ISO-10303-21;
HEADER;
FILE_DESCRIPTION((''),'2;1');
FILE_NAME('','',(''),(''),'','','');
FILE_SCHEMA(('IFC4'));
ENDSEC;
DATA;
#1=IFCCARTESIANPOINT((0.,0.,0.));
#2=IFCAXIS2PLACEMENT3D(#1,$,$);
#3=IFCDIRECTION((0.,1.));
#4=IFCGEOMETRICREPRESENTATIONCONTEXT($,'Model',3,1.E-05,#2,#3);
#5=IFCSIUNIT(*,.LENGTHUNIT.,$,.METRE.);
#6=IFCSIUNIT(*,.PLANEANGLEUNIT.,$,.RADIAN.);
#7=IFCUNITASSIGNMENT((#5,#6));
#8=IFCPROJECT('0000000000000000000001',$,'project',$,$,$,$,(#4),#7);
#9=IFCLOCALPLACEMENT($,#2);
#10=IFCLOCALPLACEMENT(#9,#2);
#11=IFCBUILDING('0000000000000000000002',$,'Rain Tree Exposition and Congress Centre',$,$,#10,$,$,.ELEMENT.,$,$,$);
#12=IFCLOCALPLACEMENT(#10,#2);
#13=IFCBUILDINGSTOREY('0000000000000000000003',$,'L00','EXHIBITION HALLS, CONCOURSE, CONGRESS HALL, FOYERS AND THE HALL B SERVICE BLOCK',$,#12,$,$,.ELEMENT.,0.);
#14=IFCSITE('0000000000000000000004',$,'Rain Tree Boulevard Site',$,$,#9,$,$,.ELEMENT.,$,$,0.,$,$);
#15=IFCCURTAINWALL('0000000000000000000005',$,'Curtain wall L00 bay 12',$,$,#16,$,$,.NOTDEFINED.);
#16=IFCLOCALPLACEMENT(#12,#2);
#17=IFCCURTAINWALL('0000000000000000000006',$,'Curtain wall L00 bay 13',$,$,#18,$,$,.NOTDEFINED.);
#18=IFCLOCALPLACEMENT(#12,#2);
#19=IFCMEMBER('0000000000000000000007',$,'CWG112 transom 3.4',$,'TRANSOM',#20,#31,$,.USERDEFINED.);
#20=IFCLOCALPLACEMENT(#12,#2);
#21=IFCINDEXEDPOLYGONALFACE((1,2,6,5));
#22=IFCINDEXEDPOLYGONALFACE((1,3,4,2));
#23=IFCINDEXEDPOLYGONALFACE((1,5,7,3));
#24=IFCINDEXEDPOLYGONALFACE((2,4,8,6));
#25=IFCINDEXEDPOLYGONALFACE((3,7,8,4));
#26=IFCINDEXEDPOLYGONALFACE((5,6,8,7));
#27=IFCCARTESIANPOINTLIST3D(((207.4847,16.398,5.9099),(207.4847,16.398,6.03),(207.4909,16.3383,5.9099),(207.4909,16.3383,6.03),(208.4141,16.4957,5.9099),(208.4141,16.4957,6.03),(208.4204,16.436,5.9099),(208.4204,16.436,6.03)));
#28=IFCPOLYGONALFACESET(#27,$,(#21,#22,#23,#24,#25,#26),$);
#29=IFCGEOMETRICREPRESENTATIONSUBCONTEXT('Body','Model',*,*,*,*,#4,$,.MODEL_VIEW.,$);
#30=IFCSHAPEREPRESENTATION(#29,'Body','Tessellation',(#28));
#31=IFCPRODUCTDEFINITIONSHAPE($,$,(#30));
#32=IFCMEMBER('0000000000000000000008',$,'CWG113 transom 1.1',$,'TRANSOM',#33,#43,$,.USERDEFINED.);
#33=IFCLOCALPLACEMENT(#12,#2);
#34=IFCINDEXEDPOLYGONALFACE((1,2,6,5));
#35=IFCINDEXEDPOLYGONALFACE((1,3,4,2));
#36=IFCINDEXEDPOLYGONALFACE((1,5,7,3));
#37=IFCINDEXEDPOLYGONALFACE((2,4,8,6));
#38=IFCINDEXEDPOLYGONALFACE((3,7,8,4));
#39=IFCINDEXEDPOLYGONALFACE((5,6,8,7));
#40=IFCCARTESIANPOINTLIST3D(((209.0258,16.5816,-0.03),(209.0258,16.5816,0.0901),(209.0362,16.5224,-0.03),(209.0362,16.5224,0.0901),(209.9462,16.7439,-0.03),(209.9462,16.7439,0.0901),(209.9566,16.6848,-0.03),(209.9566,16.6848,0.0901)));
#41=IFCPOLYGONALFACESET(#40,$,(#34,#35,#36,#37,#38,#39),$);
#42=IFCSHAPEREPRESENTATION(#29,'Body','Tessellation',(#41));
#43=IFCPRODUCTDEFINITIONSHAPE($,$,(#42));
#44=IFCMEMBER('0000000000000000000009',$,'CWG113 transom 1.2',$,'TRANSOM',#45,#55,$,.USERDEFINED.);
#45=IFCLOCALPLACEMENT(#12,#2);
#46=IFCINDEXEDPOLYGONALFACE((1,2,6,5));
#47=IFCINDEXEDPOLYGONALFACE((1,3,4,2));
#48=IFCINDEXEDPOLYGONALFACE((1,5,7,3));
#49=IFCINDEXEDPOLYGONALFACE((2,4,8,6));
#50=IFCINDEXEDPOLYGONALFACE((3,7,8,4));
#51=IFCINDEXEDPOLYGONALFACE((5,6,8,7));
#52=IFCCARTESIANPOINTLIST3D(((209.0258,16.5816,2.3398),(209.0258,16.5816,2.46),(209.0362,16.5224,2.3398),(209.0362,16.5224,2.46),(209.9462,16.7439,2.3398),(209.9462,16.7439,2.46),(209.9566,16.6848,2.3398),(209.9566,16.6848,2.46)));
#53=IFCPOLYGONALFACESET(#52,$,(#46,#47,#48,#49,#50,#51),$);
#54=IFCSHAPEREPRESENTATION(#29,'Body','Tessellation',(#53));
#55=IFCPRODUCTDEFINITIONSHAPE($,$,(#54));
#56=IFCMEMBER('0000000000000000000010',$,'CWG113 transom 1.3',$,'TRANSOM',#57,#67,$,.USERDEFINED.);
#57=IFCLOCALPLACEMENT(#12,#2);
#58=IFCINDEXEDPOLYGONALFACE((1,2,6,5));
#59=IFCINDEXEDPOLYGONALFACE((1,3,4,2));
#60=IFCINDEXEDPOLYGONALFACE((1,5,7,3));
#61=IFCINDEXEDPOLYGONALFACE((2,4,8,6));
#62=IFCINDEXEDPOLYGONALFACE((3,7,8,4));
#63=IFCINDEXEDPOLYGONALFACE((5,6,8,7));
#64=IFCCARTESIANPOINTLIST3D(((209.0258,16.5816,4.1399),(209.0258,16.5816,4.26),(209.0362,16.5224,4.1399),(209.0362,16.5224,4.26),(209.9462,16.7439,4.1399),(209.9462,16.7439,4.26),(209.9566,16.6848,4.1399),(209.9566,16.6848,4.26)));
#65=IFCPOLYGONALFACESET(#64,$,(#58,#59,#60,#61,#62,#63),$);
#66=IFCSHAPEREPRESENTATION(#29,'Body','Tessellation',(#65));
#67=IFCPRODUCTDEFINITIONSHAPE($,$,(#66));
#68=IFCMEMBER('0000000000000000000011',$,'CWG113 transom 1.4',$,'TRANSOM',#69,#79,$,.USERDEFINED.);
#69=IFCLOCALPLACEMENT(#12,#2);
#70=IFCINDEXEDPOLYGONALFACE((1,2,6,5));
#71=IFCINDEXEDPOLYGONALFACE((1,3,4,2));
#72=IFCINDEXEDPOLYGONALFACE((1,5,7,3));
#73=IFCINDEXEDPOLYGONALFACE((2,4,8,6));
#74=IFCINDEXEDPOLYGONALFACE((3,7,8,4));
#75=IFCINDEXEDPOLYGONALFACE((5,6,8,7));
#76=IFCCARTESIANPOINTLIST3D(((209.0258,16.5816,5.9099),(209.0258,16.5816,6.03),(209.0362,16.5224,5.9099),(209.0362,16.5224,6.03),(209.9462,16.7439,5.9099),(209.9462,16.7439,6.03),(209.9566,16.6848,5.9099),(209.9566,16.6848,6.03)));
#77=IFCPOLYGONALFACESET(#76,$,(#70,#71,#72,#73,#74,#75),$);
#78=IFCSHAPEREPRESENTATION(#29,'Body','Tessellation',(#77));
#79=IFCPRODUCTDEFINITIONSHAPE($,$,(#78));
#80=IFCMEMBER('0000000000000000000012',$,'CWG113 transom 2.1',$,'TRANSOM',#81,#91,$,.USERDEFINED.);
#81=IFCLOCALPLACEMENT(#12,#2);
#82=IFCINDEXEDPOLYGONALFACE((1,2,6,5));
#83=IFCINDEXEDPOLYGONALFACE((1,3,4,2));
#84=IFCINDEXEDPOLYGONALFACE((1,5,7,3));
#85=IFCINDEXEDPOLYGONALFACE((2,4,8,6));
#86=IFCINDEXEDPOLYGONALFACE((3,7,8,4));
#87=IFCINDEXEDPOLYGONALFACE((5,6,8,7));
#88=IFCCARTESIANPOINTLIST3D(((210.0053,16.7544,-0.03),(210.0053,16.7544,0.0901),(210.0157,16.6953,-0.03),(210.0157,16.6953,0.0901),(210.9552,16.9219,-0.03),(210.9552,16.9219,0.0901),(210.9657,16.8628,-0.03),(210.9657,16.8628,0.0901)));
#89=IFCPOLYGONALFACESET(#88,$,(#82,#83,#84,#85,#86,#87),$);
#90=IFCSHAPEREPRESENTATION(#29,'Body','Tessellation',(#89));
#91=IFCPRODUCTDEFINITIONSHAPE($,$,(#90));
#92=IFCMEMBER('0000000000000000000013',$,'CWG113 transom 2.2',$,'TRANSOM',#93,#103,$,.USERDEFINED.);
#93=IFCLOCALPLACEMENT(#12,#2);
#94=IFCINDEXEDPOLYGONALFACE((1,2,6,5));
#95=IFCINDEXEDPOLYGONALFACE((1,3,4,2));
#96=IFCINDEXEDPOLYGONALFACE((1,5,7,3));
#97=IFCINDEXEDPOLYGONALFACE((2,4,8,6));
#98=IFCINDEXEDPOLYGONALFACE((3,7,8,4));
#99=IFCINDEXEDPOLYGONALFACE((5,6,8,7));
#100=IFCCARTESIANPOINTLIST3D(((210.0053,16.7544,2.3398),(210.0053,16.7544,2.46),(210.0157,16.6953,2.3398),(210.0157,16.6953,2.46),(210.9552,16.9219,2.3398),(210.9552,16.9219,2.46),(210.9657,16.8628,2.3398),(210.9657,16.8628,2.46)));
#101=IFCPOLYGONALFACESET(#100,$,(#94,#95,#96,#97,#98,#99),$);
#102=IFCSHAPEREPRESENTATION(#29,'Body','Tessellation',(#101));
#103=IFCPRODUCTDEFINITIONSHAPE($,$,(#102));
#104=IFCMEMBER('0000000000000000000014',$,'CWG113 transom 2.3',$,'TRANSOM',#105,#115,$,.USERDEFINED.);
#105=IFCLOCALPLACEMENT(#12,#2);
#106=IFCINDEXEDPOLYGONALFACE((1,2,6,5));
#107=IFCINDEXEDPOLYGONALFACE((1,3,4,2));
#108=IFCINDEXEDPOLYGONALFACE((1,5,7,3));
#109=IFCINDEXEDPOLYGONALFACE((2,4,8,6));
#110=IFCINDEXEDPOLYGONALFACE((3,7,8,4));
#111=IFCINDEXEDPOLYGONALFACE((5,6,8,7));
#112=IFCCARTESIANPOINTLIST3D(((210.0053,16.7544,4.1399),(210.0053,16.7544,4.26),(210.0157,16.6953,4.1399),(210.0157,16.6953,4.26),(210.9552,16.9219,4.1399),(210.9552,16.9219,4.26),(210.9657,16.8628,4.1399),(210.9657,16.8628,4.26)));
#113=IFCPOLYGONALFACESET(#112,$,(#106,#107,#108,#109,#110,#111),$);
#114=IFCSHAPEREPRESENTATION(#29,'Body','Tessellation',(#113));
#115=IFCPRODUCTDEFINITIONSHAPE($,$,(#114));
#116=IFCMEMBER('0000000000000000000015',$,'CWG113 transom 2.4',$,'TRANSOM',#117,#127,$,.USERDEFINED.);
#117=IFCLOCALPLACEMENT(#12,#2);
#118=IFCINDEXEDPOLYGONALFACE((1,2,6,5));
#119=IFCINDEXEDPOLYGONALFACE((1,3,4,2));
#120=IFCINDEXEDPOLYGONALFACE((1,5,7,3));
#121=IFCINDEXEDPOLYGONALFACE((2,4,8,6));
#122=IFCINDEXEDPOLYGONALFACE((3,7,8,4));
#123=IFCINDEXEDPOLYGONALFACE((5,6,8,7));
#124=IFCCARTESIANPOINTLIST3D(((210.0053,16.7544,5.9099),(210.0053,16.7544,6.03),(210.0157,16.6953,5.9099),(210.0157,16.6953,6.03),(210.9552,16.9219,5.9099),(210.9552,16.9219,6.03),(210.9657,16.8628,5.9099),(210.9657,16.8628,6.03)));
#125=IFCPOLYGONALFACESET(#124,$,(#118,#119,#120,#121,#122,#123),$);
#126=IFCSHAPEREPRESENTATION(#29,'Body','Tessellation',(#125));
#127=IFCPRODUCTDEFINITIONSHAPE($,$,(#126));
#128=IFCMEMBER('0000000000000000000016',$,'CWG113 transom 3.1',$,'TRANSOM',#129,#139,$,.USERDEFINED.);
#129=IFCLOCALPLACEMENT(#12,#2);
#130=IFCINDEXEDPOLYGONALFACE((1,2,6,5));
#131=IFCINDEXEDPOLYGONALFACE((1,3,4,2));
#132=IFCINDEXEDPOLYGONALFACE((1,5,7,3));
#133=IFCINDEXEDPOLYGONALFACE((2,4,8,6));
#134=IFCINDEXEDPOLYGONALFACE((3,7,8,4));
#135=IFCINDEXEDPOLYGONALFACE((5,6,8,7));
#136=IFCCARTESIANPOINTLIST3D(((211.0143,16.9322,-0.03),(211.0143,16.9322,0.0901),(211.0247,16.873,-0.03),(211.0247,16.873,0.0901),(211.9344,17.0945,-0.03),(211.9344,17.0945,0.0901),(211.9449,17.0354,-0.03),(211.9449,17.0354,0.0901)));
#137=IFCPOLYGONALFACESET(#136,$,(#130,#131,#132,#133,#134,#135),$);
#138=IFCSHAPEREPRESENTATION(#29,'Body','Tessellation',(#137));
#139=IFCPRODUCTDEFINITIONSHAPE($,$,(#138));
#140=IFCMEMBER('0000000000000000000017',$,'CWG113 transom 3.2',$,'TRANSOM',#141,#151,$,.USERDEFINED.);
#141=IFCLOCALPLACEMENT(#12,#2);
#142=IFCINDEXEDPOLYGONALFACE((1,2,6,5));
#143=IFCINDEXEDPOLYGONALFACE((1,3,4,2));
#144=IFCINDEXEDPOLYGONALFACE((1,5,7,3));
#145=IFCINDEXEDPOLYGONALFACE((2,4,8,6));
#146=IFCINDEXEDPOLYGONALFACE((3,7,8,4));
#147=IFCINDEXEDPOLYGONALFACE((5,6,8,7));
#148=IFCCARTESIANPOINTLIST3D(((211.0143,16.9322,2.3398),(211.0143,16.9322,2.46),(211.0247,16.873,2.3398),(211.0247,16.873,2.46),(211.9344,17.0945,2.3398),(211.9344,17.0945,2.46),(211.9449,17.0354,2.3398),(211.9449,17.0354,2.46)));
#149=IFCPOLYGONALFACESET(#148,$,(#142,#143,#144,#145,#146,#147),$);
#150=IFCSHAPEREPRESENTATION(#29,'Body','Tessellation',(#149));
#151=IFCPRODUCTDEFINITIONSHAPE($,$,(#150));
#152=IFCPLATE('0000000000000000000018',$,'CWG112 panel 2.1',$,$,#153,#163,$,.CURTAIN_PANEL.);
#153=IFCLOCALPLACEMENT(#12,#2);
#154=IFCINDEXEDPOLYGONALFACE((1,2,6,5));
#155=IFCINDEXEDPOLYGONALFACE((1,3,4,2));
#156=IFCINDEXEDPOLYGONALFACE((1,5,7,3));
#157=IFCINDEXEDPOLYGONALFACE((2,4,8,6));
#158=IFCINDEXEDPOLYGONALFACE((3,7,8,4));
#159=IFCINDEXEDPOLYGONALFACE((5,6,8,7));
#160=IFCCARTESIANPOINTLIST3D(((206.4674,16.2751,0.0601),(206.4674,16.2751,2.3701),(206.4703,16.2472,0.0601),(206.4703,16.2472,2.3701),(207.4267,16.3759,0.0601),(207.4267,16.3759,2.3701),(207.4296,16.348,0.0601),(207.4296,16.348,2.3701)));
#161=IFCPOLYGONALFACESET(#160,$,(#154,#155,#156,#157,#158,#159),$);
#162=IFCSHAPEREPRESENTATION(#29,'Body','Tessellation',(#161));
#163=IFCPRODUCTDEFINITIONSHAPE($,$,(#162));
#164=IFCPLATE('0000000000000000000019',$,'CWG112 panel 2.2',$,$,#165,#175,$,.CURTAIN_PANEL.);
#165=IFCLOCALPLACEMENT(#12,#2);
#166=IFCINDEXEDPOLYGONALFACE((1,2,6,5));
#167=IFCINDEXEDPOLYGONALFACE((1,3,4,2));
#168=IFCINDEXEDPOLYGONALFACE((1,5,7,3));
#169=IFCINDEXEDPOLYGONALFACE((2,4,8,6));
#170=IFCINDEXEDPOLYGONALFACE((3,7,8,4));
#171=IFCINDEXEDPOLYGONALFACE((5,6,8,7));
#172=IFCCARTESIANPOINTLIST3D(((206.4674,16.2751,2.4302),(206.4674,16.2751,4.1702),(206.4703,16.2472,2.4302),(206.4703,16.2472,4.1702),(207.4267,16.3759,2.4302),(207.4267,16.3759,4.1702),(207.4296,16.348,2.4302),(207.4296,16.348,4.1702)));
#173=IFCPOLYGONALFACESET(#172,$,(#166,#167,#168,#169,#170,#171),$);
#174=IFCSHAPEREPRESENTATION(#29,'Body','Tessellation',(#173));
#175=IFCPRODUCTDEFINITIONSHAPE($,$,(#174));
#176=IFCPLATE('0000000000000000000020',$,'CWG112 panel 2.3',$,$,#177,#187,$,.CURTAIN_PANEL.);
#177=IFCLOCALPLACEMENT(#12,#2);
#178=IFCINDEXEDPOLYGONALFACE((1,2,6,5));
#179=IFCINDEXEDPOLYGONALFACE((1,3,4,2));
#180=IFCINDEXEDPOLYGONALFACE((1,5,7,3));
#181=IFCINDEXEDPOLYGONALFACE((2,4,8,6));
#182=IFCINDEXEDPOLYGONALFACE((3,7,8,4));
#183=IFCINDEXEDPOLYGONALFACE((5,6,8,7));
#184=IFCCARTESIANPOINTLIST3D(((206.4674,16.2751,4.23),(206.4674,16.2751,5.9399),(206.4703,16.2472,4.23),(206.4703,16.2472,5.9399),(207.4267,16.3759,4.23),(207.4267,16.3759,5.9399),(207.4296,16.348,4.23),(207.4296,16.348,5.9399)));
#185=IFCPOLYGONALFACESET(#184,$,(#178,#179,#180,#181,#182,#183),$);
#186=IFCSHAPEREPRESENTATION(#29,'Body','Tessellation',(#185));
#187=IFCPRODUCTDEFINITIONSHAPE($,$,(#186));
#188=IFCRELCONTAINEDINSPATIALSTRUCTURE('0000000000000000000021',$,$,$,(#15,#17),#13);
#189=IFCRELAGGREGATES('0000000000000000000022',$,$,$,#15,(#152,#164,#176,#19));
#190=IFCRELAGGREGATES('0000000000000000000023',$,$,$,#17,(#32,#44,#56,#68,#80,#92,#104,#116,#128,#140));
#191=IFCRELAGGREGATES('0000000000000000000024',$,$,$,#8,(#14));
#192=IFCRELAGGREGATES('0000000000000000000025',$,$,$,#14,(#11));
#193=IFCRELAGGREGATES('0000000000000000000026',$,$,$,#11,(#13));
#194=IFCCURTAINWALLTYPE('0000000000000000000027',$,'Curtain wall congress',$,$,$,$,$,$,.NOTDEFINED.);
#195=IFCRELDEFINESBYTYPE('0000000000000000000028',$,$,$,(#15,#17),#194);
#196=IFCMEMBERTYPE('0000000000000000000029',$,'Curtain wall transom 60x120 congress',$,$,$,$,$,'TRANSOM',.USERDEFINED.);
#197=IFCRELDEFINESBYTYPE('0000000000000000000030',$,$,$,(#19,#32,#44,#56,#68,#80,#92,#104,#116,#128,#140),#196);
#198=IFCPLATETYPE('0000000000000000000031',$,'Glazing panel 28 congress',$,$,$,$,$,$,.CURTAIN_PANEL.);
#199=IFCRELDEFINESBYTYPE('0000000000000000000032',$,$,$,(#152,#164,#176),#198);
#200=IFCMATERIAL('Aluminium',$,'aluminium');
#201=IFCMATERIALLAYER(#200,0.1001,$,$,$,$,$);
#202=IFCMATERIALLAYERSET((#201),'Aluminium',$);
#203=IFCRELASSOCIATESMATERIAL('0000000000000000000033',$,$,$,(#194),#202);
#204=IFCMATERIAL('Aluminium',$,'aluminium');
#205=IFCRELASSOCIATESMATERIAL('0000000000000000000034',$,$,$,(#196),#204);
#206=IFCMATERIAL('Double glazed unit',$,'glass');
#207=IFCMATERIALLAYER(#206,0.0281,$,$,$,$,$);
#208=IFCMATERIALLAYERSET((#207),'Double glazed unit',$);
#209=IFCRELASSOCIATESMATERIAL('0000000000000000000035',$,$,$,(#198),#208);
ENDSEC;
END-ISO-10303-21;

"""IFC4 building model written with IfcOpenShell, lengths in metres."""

from ifc_helpers import new_model, si_unit, direction, frame, origin, origin_2d, place, context, subcontext, project, spatial, rectangle, extrude, material, layer, layer_set, material_profile, profile_set, type_object, element, aggregate, save


model = new_model("IFC4")

# Units and contexts
model_context = context("Model", 3, precision=1e-05, world=origin(), true_north=direction((0.0, 1.0)))
body_context = subcontext(model_context, "Body", "Model", "MODEL_VIEW")
ifc_project = project(units=[si_unit("LENGTHUNIT", "METRE"), si_unit("PLANEANGLEUNIT", "RADIAN")], contexts=[model_context])

# Site, building, storey
site_placement = place(None, origin())
site = spatial("IfcSite", under=ifc_project, at=site_placement, Name="Rain Tree Boulevard Site", CompositionType="ELEMENT", RefElevation=0.0)
building_placement = place(site_placement, origin())
building = spatial("IfcBuilding", under=site, at=building_placement, Name="Rain Tree Exposition and Congress Centre", CompositionType="ELEMENT")
storey_placement = place(building_placement, origin())
storey = spatial("IfcBuildingStorey", under=building, at=storey_placement, Name="L00", Description="EXHIBITION HALLS, CONCOURSE, CONGRESS HALL, FOYERS AND THE HALL B SERVICE BLOCK", CompositionType="ELEMENT", Elevation=0.0)

# Curtain walls
ifc_material_1 = material(Name="Aluminium", Category="aluminium")
ifc_layer_1 = layer(ifc_material_1, 0.1001)
ifc_layer_set_1 = layer_set([ifc_layer_1], Name="Aluminium")
curtain_wall_type = type_object("IfcCurtainWallType", Name="Curtain wall congress", PredefinedType="NOTDEFINED", material=ifc_layer_set_1)
curtain_wall_1_placement = place(storey_placement, origin())
curtain_wall_1 = element("IfcCurtainWall", 1, at=curtain_wall_1_placement, inside=storey, type_object=curtain_wall_type, Name="Curtain wall L00 bay 12", PredefinedType="NOTDEFINED")
curtain_wall_2_placement = place(storey_placement, origin())
curtain_wall_2 = element("IfcCurtainWall", 2, at=curtain_wall_2_placement, inside=storey, type_object=curtain_wall_type, Name="Curtain wall L00 bay 13", PredefinedType="NOTDEFINED")

# Members
ifc_material_2 = material(Name="Aluminium", Category="aluminium")
ifc_material_profile_1 = material_profile(ifc_material_2, rectangle(XDim=0.0601, YDim=0.1201, at=origin_2d()), Name="AL 60x120")
ifc_profile_set_1 = profile_set([ifc_material_profile_1], Name="Aluminium")
member_type_1 = type_object("IfcMemberType", Name="Curtain wall transom 60x120 congress", ElementType="TRANSOM", PredefinedType="USERDEFINED", material=ifc_profile_set_1)
member_1_placement = place(storey_placement, frame((207.4878, 16.3682, 5.97), z_axis=(0.994525, 0.104494, 0.0), x_axis=(-0.104494, 0.994525, 0.0)))
member_1 = element("IfcMember", 3, at=member_1_placement, type_object=member_type_1, Name="CWG112 transom 3.4", ObjectType="TRANSOM", PredefinedType="USERDEFINED", context=body_context, shape_type="SweptSolid", body=[
    extrude(rectangle(XDim=0.0601, YDim=0.1201, at=origin_2d()), origin(), (0.0, 0.0, 1.0), 0.9346),
])
member_2_placement = place(storey_placement, frame((209.031, 16.552, 0.03), z_axis=(0.984797, 0.173711, 0.0), x_axis=(-0.173711, 0.984797, 0.0)))
member_2 = element("IfcMember", 4, at=member_2_placement, type_object=member_type_1, Name="CWG113 transom 1.1", ObjectType="TRANSOM", PredefinedType="USERDEFINED", context=body_context, shape_type="SweptSolid", body=[
    extrude(rectangle(XDim=0.0601, YDim=0.1201, at=origin_2d()), origin(), (0.0, 0.0, 1.0), 0.9346),
])
member_3_placement = place(storey_placement, frame((209.031, 16.552, 2.3999), z_axis=(0.984797, 0.173711, 0.0), x_axis=(-0.173711, 0.984797, 0.0)))
member_3 = element("IfcMember", 5, at=member_3_placement, type_object=member_type_1, Name="CWG113 transom 1.2", ObjectType="TRANSOM", PredefinedType="USERDEFINED", context=body_context, shape_type="SweptSolid", body=[
    extrude(rectangle(XDim=0.0601, YDim=0.1201, at=origin_2d()), origin(), (0.0, 0.0, 1.0), 0.9346),
])
member_4_placement = place(storey_placement, frame((209.031, 16.552, 4.2), z_axis=(0.984797, 0.173711, 0.0), x_axis=(-0.173711, 0.984797, 0.0)))
member_4 = element("IfcMember", 6, at=member_4_placement, type_object=member_type_1, Name="CWG113 transom 1.3", ObjectType="TRANSOM", PredefinedType="USERDEFINED", context=body_context, shape_type="SweptSolid", body=[
    extrude(rectangle(XDim=0.0601, YDim=0.1201, at=origin_2d()), origin(), (0.0, 0.0, 1.0), 0.9346),
])
member_5_placement = place(storey_placement, frame((209.031, 16.552, 5.97), z_axis=(0.984797, 0.173711, 0.0), x_axis=(-0.173711, 0.984797, 0.0)))
member_5 = element("IfcMember", 7, at=member_5_placement, type_object=member_type_1, Name="CWG113 transom 1.4", ObjectType="TRANSOM", PredefinedType="USERDEFINED", context=body_context, shape_type="SweptSolid", body=[
    extrude(rectangle(XDim=0.0601, YDim=0.1201, at=origin_2d()), origin(), (0.0, 0.0, 1.0), 0.9346),
])
member_6_placement = place(storey_placement, frame((210.0105, 16.7249, 0.03), z_axis=(0.984812, 0.173627, 0.0), x_axis=(-0.173627, 0.984812, 0.0)))
member_6 = element("IfcMember", 8, at=member_6_placement, type_object=member_type_1, Name="CWG113 transom 2.1", ObjectType="TRANSOM", PredefinedType="USERDEFINED", context=body_context, shape_type="SweptSolid", body=[
    extrude(rectangle(XDim=0.0601, YDim=0.1201, at=origin_2d()), origin(), (0.0, 0.0, 1.0), 0.9646),
])
member_7_placement = place(storey_placement, frame((210.0105, 16.7249, 2.3999), z_axis=(0.984812, 0.173627, 0.0), x_axis=(-0.173627, 0.984812, 0.0)))
member_7 = element("IfcMember", 9, at=member_7_placement, type_object=member_type_1, Name="CWG113 transom 2.2", ObjectType="TRANSOM", PredefinedType="USERDEFINED", context=body_context, shape_type="SweptSolid", body=[
    extrude(rectangle(XDim=0.0601, YDim=0.1201, at=origin_2d()), origin(), (0.0, 0.0, 1.0), 0.9646),
])
member_8_placement = place(storey_placement, frame((210.0105, 16.7249, 4.2), z_axis=(0.984812, 0.173627, 0.0), x_axis=(-0.173627, 0.984812, 0.0)))
member_8 = element("IfcMember", 10, at=member_8_placement, type_object=member_type_1, Name="CWG113 transom 2.3", ObjectType="TRANSOM", PredefinedType="USERDEFINED", context=body_context, shape_type="SweptSolid", body=[
    extrude(rectangle(XDim=0.0601, YDim=0.1201, at=origin_2d()), origin(), (0.0, 0.0, 1.0), 0.9646),
])
member_9_placement = place(storey_placement, frame((210.0105, 16.7249, 5.97), z_axis=(0.984812, 0.173627, 0.0), x_axis=(-0.173627, 0.984812, 0.0)))
member_9 = element("IfcMember", 11, at=member_9_placement, type_object=member_type_1, Name="CWG113 transom 2.4", ObjectType="TRANSOM", PredefinedType="USERDEFINED", context=body_context, shape_type="SweptSolid", body=[
    extrude(rectangle(XDim=0.0601, YDim=0.1201, at=origin_2d()), origin(), (0.0, 0.0, 1.0), 0.9646),
])
member_10_placement = place(storey_placement, frame((211.0195, 16.9026, 0.03), z_axis=(0.984789, 0.173756, 0.0), x_axis=(-0.173756, 0.984789, 0.0)))
member_10 = element("IfcMember", 12, at=member_10_placement, type_object=member_type_1, Name="CWG113 transom 3.1", ObjectType="TRANSOM", PredefinedType="USERDEFINED", context=body_context, shape_type="SweptSolid", body=[
    extrude(rectangle(XDim=0.0601, YDim=0.1201, at=origin_2d()), origin(), (0.0, 0.0, 1.0), 0.9343),
])
member_11_placement = place(storey_placement, frame((211.0195, 16.9026, 2.3999), z_axis=(0.984789, 0.173756, 0.0), x_axis=(-0.173756, 0.984789, 0.0)))
member_11 = element("IfcMember", 13, at=member_11_placement, type_object=member_type_1, Name="CWG113 transom 3.2", ObjectType="TRANSOM", PredefinedType="USERDEFINED", context=body_context, shape_type="SweptSolid", body=[
    extrude(rectangle(XDim=0.0601, YDim=0.1201, at=origin_2d()), origin(), (0.0, 0.0, 1.0), 0.9343),
])

# Plates
ifc_material_3 = material(Name="Double glazed unit", Category="glass")
ifc_layer_2 = layer(ifc_material_3, 0.0281)
ifc_layer_set_2 = layer_set([ifc_layer_2], Name="Double glazed unit")
plate_type = type_object("IfcPlateType", Name="Glazing panel 28 congress", PredefinedType="CURTAIN_PANEL", material=ifc_layer_set_2)
plate_1_placement = place(storey_placement, frame((206.9485, 16.3115, 0.0601), z_axis=(0.0, 0.0, 1.0), x_axis=(0.994525, 0.104502, 0.0)))
plate_1 = element("IfcPlate", 14, at=plate_1_placement, type_object=plate_type, Name="CWG112 panel 2.1", PredefinedType="CURTAIN_PANEL", context=body_context, shape_type="SweptSolid", body=[
    extrude(rectangle(XDim=0.9646, YDim=0.0281, at=origin_2d()), origin(), (0.0, 0.0, 1.0), 2.3101),
])
plate_2_placement = place(storey_placement, frame((206.9485, 16.3115, 2.4302), z_axis=(0.0, 0.0, 1.0), x_axis=(0.994525, 0.104502, 0.0)))
plate_2 = element("IfcPlate", 15, at=plate_2_placement, type_object=plate_type, Name="CWG112 panel 2.2", PredefinedType="CURTAIN_PANEL", context=body_context, shape_type="SweptSolid", body=[
    extrude(rectangle(XDim=0.9646, YDim=0.0281, at=origin_2d()), origin(), (0.0, 0.0, 1.0), 1.74),
])
plate_3_placement = place(storey_placement, frame((206.9485, 16.3115, 4.23), z_axis=(0.0, 0.0, 1.0), x_axis=(0.994525, 0.104502, 0.0)))
plate_3 = element("IfcPlate", 16, at=plate_3_placement, type_object=plate_type, Name="CWG112 panel 2.3", PredefinedType="CURTAIN_PANEL", context=body_context, shape_type="SweptSolid", body=[
    extrude(rectangle(XDim=0.9646, YDim=0.0281, at=origin_2d()), origin(), (0.0, 0.0, 1.0), 1.71),
])
aggregate(curtain_wall_1, [plate_1, plate_2, plate_3, member_1])
aggregate(curtain_wall_2, [member_2, member_3, member_4, member_5, member_6, member_7, member_8, member_9, member_10, member_11])

save(model, "model.ifc")
